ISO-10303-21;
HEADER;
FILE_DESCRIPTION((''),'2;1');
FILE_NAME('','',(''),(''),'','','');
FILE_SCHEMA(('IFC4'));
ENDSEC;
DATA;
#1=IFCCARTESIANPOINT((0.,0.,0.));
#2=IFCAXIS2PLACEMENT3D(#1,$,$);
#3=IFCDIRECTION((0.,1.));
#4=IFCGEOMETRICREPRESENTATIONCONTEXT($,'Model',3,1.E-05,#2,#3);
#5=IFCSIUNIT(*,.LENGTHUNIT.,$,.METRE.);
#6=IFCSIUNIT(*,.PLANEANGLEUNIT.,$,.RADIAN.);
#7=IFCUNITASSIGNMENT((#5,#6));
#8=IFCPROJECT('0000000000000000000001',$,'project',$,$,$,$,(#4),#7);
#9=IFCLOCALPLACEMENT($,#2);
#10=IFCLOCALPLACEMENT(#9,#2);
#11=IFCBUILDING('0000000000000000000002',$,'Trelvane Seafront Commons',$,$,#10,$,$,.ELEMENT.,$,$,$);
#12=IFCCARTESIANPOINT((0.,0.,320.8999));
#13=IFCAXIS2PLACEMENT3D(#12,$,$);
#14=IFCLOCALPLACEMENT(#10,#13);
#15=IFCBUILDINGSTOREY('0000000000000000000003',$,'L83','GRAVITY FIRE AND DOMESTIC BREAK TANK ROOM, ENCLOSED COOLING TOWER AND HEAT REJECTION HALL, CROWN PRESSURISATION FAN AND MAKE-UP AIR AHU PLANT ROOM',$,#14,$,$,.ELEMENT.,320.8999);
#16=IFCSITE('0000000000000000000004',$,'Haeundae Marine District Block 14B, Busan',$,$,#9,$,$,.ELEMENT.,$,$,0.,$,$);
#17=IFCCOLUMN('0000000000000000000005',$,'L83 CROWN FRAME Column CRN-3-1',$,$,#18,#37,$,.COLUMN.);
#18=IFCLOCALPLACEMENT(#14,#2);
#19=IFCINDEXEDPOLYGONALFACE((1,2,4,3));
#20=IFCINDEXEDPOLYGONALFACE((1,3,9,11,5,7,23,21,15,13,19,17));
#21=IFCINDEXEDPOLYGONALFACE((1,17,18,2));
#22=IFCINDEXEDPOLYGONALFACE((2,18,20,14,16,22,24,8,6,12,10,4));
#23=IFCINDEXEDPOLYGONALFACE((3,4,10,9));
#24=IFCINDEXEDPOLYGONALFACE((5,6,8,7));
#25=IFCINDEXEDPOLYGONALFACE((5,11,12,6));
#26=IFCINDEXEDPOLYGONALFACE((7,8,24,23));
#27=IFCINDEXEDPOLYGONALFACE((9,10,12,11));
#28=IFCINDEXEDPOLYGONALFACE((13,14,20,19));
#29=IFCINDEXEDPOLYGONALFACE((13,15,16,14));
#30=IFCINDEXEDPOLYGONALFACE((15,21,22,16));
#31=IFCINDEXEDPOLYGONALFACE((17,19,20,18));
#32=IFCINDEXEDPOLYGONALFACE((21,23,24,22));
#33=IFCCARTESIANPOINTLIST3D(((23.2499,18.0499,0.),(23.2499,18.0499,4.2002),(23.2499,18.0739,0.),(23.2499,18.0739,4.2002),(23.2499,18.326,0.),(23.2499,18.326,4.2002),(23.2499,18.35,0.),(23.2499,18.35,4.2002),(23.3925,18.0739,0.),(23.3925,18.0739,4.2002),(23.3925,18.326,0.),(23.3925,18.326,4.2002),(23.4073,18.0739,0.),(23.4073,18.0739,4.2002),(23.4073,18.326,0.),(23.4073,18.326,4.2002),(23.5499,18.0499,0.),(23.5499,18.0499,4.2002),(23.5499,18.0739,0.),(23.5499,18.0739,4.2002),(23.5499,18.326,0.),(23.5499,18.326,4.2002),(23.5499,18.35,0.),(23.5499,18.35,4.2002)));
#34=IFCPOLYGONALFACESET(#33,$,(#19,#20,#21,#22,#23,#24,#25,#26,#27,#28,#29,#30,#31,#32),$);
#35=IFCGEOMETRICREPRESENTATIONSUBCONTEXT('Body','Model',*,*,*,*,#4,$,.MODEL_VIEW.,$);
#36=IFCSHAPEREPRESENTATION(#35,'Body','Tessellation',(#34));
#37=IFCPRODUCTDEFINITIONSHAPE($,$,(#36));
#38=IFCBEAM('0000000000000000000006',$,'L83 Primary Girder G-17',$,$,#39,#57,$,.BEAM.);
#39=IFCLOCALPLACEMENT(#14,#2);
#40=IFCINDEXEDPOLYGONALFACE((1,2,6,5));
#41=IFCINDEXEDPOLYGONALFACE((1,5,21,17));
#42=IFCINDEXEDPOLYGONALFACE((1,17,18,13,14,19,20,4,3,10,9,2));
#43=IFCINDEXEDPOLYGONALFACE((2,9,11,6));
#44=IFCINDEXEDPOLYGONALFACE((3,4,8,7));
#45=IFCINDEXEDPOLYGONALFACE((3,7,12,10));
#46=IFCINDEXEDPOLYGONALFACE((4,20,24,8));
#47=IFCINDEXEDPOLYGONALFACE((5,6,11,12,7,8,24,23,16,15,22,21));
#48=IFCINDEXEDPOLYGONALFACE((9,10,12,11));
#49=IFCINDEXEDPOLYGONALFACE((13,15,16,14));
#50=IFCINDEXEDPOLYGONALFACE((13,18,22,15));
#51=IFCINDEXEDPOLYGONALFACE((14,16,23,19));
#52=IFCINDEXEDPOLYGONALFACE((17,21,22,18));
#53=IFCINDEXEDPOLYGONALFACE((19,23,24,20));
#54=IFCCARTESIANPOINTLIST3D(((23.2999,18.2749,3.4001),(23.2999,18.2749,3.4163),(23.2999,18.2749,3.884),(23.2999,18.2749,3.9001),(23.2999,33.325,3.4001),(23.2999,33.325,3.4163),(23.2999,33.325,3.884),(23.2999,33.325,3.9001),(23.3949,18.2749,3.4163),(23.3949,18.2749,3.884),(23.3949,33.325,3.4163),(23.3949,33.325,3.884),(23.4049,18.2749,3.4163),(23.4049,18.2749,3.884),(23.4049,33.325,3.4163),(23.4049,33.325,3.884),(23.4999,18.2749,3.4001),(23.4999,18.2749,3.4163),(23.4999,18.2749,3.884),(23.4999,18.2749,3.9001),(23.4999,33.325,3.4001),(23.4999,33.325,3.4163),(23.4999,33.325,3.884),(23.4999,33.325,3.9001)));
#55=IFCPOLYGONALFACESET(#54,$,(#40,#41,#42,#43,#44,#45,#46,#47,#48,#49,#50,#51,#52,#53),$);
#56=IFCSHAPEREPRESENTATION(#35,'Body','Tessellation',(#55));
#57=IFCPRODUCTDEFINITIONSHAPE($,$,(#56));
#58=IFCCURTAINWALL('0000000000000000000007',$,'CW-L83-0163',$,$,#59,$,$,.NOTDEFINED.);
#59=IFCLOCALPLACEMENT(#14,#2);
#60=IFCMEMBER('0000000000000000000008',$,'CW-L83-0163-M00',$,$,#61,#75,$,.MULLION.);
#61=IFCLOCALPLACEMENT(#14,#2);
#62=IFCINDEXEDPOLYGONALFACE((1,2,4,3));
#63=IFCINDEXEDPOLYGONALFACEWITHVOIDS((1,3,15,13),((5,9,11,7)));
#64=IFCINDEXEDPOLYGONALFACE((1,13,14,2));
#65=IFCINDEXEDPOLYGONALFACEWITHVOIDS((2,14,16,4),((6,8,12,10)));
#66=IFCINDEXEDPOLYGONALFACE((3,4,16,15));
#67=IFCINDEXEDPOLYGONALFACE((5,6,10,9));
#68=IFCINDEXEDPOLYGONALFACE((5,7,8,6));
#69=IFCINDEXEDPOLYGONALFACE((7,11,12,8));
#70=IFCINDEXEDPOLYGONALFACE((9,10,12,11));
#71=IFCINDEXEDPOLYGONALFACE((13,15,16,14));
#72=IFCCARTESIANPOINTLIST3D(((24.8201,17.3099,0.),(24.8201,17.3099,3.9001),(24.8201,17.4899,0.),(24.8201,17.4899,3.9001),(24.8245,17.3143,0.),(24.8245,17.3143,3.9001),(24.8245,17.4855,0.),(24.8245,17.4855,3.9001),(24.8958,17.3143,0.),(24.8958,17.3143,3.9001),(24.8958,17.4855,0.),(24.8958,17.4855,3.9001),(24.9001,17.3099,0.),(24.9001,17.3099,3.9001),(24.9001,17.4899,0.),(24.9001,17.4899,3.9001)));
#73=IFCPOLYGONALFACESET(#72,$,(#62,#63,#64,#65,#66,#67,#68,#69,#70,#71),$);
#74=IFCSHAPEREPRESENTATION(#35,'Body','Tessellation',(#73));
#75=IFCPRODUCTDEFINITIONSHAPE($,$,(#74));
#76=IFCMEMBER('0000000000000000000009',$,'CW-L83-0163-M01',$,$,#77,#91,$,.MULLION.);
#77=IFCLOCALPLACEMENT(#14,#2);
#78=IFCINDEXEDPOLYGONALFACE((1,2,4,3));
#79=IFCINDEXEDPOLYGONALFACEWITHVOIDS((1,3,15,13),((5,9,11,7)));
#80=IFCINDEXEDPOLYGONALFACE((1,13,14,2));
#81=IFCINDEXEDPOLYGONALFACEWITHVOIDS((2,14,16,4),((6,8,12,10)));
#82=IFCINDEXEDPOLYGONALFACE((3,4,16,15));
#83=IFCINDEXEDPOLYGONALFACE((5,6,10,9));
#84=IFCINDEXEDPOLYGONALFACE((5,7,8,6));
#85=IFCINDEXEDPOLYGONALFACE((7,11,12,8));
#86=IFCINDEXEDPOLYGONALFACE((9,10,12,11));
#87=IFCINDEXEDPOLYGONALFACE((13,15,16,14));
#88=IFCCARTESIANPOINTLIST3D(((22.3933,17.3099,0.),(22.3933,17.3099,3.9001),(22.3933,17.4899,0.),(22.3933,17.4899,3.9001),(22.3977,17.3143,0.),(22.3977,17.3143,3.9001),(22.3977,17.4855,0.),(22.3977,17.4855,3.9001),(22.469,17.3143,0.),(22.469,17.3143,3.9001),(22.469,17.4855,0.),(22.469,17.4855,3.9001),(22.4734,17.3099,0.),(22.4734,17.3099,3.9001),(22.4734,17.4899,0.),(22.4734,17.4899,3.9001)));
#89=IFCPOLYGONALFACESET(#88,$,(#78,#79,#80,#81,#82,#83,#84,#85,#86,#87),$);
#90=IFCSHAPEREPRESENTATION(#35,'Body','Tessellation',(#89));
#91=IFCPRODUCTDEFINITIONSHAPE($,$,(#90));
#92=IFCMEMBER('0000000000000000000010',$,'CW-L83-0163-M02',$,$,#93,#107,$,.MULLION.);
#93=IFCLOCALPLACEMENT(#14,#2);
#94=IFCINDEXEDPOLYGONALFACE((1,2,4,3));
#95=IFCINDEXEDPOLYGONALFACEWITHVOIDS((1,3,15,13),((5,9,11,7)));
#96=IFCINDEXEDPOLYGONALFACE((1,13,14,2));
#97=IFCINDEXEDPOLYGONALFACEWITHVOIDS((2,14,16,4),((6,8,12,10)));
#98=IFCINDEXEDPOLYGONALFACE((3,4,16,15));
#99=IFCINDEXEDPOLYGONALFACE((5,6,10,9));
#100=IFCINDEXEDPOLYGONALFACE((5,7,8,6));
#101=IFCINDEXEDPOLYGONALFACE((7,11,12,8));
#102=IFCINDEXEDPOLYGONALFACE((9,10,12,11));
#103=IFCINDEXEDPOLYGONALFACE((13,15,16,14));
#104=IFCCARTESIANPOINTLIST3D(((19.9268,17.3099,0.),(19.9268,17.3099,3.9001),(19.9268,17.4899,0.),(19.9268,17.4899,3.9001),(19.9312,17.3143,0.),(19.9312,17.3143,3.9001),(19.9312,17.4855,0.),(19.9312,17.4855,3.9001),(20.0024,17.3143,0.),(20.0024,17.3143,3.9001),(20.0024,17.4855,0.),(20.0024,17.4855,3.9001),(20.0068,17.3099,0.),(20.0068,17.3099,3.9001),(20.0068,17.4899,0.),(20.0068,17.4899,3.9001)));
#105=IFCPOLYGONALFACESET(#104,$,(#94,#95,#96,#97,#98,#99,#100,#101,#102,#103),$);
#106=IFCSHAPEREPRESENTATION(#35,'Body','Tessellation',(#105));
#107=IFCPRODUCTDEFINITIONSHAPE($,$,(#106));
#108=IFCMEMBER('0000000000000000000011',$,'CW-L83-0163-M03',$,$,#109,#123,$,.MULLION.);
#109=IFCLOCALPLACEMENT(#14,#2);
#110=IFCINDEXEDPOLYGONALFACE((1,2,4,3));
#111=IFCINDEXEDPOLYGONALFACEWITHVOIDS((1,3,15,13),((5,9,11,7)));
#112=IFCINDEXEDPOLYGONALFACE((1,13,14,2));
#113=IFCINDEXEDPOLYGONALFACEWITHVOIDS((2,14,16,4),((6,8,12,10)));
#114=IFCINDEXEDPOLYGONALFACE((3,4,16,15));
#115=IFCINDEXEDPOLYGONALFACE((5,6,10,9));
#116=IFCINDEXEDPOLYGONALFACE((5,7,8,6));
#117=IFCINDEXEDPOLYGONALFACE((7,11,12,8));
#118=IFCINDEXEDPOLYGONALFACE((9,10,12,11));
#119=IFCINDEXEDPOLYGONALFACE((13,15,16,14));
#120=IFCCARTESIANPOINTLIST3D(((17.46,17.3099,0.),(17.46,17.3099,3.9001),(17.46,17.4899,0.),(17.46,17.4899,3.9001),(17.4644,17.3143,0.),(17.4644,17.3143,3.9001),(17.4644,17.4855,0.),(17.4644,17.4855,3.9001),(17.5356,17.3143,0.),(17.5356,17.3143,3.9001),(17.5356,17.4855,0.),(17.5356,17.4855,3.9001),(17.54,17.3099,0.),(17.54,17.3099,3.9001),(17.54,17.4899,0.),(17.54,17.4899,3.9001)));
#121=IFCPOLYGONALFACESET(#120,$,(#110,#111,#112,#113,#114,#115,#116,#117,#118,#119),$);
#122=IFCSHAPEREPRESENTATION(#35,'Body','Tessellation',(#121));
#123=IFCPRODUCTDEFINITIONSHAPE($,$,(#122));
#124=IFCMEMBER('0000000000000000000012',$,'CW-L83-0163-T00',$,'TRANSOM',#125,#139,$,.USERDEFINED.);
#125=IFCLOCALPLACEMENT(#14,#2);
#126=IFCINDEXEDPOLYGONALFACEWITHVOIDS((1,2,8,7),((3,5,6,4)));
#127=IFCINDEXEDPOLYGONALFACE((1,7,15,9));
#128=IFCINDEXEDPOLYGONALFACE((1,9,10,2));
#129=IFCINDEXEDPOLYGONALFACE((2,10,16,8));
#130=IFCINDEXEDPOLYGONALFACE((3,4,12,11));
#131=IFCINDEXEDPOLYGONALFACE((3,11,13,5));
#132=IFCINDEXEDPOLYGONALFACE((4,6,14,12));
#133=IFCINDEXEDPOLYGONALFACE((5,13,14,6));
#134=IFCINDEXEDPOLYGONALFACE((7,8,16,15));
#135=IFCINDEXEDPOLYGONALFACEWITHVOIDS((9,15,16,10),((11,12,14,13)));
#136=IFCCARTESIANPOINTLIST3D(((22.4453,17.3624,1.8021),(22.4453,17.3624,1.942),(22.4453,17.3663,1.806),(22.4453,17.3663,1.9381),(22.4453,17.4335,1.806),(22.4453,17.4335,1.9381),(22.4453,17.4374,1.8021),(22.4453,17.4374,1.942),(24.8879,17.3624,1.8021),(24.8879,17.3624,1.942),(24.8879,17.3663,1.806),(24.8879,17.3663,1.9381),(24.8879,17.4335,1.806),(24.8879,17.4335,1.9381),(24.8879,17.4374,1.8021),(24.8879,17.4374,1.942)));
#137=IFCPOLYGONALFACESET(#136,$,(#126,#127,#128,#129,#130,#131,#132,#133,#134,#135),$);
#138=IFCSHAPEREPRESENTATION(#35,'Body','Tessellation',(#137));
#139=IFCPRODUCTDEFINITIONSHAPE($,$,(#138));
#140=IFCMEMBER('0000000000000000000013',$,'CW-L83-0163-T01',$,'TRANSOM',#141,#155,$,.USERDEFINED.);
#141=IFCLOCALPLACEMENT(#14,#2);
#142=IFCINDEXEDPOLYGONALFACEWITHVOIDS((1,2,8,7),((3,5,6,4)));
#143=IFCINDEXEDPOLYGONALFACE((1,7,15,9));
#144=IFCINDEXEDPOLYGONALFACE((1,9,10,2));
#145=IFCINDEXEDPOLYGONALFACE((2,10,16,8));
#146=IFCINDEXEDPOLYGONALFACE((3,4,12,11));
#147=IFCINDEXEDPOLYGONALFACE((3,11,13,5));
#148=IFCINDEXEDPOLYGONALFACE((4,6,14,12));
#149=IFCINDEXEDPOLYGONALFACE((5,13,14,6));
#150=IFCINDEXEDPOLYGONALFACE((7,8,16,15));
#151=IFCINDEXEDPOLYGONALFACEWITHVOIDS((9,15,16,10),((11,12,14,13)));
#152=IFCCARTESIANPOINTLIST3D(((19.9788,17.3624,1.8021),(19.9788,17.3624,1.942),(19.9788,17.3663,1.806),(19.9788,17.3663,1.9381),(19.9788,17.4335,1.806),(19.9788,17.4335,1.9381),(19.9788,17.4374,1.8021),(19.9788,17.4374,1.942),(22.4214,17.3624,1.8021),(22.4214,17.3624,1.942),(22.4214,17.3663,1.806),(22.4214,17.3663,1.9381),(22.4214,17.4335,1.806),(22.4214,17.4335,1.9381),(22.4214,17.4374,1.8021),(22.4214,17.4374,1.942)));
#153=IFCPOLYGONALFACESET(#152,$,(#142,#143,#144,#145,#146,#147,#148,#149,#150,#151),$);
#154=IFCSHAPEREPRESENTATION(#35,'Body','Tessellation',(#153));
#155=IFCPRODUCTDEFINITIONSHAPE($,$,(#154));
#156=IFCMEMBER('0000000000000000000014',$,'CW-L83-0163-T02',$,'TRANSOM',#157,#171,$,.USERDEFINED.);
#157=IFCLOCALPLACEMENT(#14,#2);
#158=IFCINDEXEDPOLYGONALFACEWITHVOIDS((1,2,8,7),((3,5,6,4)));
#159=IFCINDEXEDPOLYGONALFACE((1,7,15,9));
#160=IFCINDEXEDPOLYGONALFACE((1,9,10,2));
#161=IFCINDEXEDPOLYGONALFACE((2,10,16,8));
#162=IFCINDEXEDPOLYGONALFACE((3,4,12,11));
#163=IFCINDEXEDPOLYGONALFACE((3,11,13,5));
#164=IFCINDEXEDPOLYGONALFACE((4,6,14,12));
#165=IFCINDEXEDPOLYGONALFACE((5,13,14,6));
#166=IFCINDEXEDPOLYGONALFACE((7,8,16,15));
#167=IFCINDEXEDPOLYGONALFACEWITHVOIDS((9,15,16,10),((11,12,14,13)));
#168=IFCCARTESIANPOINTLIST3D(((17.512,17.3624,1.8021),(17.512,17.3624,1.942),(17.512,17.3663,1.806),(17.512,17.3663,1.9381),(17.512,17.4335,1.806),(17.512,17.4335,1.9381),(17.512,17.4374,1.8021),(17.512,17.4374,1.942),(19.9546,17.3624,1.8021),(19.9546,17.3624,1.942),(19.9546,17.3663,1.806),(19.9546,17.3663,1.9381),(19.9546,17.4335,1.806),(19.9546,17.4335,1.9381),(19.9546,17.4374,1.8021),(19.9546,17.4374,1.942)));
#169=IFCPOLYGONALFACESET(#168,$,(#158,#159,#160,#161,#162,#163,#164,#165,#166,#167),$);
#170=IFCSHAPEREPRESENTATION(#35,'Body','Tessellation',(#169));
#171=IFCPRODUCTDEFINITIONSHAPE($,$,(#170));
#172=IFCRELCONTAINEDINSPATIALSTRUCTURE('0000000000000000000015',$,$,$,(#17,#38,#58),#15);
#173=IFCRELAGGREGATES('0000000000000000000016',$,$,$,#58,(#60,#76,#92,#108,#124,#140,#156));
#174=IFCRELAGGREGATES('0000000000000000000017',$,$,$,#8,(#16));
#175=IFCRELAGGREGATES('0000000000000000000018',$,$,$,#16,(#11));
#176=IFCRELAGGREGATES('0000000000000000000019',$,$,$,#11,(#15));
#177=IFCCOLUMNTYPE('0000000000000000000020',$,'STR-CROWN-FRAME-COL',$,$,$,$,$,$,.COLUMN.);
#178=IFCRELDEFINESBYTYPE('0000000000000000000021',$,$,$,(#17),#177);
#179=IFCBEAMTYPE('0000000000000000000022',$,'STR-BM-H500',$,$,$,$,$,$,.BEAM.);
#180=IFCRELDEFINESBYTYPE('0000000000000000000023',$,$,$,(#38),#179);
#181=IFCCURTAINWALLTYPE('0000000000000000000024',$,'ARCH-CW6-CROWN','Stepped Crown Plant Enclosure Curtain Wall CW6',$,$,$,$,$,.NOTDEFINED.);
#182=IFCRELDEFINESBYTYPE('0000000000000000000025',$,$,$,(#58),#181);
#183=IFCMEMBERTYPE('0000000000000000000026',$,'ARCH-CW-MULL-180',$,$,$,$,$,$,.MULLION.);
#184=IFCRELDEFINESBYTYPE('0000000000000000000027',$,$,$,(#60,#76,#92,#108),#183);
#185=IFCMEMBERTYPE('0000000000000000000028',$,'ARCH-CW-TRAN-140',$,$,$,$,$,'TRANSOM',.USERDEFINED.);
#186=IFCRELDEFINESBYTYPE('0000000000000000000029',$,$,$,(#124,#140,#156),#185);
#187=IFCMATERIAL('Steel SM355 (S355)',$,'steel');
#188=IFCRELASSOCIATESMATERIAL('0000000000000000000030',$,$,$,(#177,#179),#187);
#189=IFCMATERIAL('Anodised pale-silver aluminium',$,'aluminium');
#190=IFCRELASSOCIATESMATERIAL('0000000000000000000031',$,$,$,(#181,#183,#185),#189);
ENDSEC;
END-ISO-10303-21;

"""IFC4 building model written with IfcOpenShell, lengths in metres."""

from ifc_helpers import new_model, si_unit, direction, frame, origin, origin_2d, place, context, subcontext, project, spatial, hollow_rectangle, i_section, extrude, source, transform, mapped, material, material_profile, profile_set, type_object, element, aggregate, save


model = new_model("IFC4")

# Units and contexts
model_context = context("Model", 3, precision=1e-05, world=origin(), true_north=direction((0.0, 1.0)))
body_context = subcontext(model_context, "Body", "Model", "MODEL_VIEW")
ifc_project = project(units=[si_unit("LENGTHUNIT", "METRE"), si_unit("PLANEANGLEUNIT", "RADIAN")], contexts=[model_context])

# Site, building, storey
site_placement = place(None, origin())
site = spatial("IfcSite", under=ifc_project, at=site_placement, Name="Haeundae Marine District Block 14B, Busan", CompositionType="ELEMENT", RefElevation=0.0)
building_placement = place(site_placement, origin())
building = spatial("IfcBuilding", under=site, at=building_placement, Name="Trelvane Seafront Commons", CompositionType="ELEMENT")
storey_placement = place(building_placement, frame((0.0, 0.0, 320.8999)))
storey = spatial("IfcBuildingStorey", under=building, at=storey_placement, Name="L83", Description="GRAVITY FIRE AND DOMESTIC BREAK TANK ROOM, ENCLOSED COOLING TOWER AND HEAT REJECTION HALL, CROWN PRESSURISATION FAN AND MAKE-UP AIR AHU PLANT ROOM", CompositionType="ELEMENT", Elevation=320.8999)

# Column
ifc_material_1 = material(Name="Steel SM355 (S355)", Category="steel")
ifc_material_profile_1 = material_profile(ifc_material_1, i_section(OverallWidth=0.3, OverallDepth=0.3, WebThickness=0.0149, FlangeThickness=0.0239, at=origin_2d()), Name="HD-300x300x15x24")
ifc_profile_set_1 = profile_set([ifc_material_profile_1], Name="Steel SM355 (S355)")
column_type = type_object("IfcColumnType", Name="STR-CROWN-FRAME-COL", PredefinedType="COLUMN", material=ifc_profile_set_1)
shared_shape_1 = source(origin(), body_context, "Body", "SweptSolid", [
    extrude(i_section(OverallWidth=0.3, OverallDepth=0.3, WebThickness=0.0149, FlangeThickness=0.0239, at=origin_2d()), origin(), (0.0, 0.0, 1.0), 4.2002),
])
column_placement = place(storey_placement, frame((23.3999, 18.2, 0.0), z_axis=(0.0, 0.0, 1.0), x_axis=(1.0, 0.0, 0.0)))
element("IfcColumn", 1, at=column_placement, inside=storey, type_object=column_type, Name="L83 CROWN FRAME Column CRN-3-1", PredefinedType="COLUMN", context=body_context, shape_type="MappedRepresentation", body=[
    mapped(shared_shape_1, transform((0.0, 0.0, 0.0), x_axis=(1.0, 0.0, 0.0), y_axis=(0.0, 1.0, 0.0), z_axis=(0.0, 0.0, 1.0), scale=1.0)),
])

# Beam
ifc_material_profile_2 = material_profile(ifc_material_1, i_section(OverallWidth=0.2, OverallDepth=0.5, WebThickness=0.01, FlangeThickness=0.0161, at=origin_2d()), Name="H-500x200x10x16")
ifc_profile_set_2 = profile_set([ifc_material_profile_2], Name="Steel SM355 (S355)")
beam_type = type_object("IfcBeamType", Name="STR-BM-H500", PredefinedType="BEAM", material=ifc_profile_set_2)
shared_shape_2 = source(origin(), body_context, "Body", "SweptSolid", [
    extrude(i_section(OverallWidth=0.2, OverallDepth=0.5, WebThickness=0.01, FlangeThickness=0.0161, at=origin_2d()), origin(), (0.0, 0.0, 1.0), 15.05),
])
beam_placement = place(storey_placement, frame((23.3999, 18.2749, 3.6501), z_axis=(0.0, 1.0, 0.0), x_axis=(-1.0, 0.0, 0.0)))
element("IfcBeam", 2, at=beam_placement, inside=storey, type_object=beam_type, Name="L83 Primary Girder G-17", PredefinedType="BEAM", context=body_context, shape_type="MappedRepresentation", body=[
    mapped(shared_shape_2, transform((0.0, 0.0, 0.0), x_axis=(1.0, 0.0, 0.0), y_axis=(0.0, 1.0, 0.0), z_axis=(0.0, 0.0, 1.0), scale=1.0)),
])

# Curtain wall, members
ifc_material_2 = material(Name="Anodised pale-silver aluminium", Category="aluminium")
curtain_wall_type = type_object("IfcCurtainWallType", Name="ARCH-CW6-CROWN", Description="Stepped Crown Plant Enclosure Curtain Wall CW6", PredefinedType="NOTDEFINED", material=ifc_material_2)
curtain_wall_placement = place(storey_placement, origin())
curtain_wall = element("IfcCurtainWall", 3, at=curtain_wall_placement, inside=storey, type_object=curtain_wall_type, Name="CW-L83-0163", PredefinedType="NOTDEFINED")
ifc_material_profile_3 = material_profile(ifc_material_2, hollow_rectangle(XDim=0.0801, YDim=0.1799, WallThickness=0.0044, at=origin_2d()), Name="MULL-80x180x4.5")
ifc_profile_set_3 = profile_set([ifc_material_profile_3], Name="Anodised pale-silver aluminium")
member_type_1 = type_object("IfcMemberType", Name="ARCH-CW-MULL-180", PredefinedType="MULLION", material=ifc_profile_set_3)
shared_shape_3 = source(origin(), body_context, "Body", "SweptSolid", [
    extrude(hollow_rectangle(XDim=0.0801, YDim=0.1799, WallThickness=0.0044, at=origin_2d()), origin(), (0.0, 0.0, 1.0), 3.9001),
])
member_1_placement = place(storey_placement, frame((24.8601, 17.3999, 0.0), z_axis=(0.0, 0.0, 1.0), x_axis=(1.0, 0.0, 0.0)))
member_1 = element("IfcMember", 4, at=member_1_placement, type_object=member_type_1, Name="CW-L83-0163-M00", PredefinedType="MULLION", context=body_context, shape_type="MappedRepresentation", body=[
    mapped(shared_shape_3, transform((0.0, 0.0, 0.0), x_axis=(1.0, 0.0, 0.0), y_axis=(0.0, 1.0, 0.0), z_axis=(0.0, 0.0, 1.0), scale=1.0)),
])
member_2_placement = place(storey_placement, frame((22.4333, 17.3999, 0.0), z_axis=(0.0, 0.0, 1.0), x_axis=(1.0, 0.0, 0.0)))
member_2 = element("IfcMember", 5, at=member_2_placement, type_object=member_type_1, Name="CW-L83-0163-M01", PredefinedType="MULLION", context=body_context, shape_type="MappedRepresentation", body=[
    mapped(shared_shape_3, transform((0.0, 0.0, 0.0), x_axis=(1.0, 0.0, 0.0), y_axis=(0.0, 1.0, 0.0), z_axis=(0.0, 0.0, 1.0), scale=1.0)),
])
member_3_placement = place(storey_placement, frame((19.9668, 17.3999, 0.0), z_axis=(0.0, 0.0, 1.0), x_axis=(1.0, 0.0, 0.0)))
member_3 = element("IfcMember", 6, at=member_3_placement, type_object=member_type_1, Name="CW-L83-0163-M02", PredefinedType="MULLION", context=body_context, shape_type="MappedRepresentation", body=[
    mapped(shared_shape_3, transform((0.0, 0.0, 0.0), x_axis=(1.0, 0.0, 0.0), y_axis=(0.0, 1.0, 0.0), z_axis=(0.0, 0.0, 1.0), scale=1.0)),
])
member_4_placement = place(storey_placement, frame((17.5, 17.3999, 0.0), z_axis=(0.0, 0.0, 1.0), x_axis=(1.0, 0.0, 0.0)))
member_4 = element("IfcMember", 7, at=member_4_placement, type_object=member_type_1, Name="CW-L83-0163-M03", PredefinedType="MULLION", context=body_context, shape_type="MappedRepresentation", body=[
    mapped(shared_shape_3, transform((0.0, 0.0, 0.0), x_axis=(1.0, 0.0, 0.0), y_axis=(0.0, 1.0, 0.0), z_axis=(0.0, 0.0, 1.0), scale=1.0)),
])
ifc_material_profile_4 = material_profile(ifc_material_2, hollow_rectangle(XDim=0.075, YDim=0.1399, WallThickness=0.0039, at=origin_2d()), Name="TRAN-75x140x4")
ifc_profile_set_4 = profile_set([ifc_material_profile_4], Name="Anodised pale-silver aluminium")
member_type_2 = type_object("IfcMemberType", Name="ARCH-CW-TRAN-140", ElementType="TRANSOM", PredefinedType="USERDEFINED", material=ifc_profile_set_4)
shared_shape_4 = source(origin(), body_context, "Body", "SweptSolid", [
    extrude(hollow_rectangle(XDim=0.075, YDim=0.1399, WallThickness=0.0039, at=origin_2d()), origin(), (0.0, 0.0, 1.0), 2.4426),
])
member_5_placement = place(storey_placement, frame((24.8879, 17.3999, 1.8721), z_axis=(-1.0, 0.0, 0.0), x_axis=(0.0, -1.0, 0.0)))
member_5 = element("IfcMember", 8, at=member_5_placement, type_object=member_type_2, Name="CW-L83-0163-T00", ObjectType="TRANSOM", PredefinedType="USERDEFINED", context=body_context, shape_type="MappedRepresentation", body=[
    mapped(shared_shape_4, transform((0.0, 0.0, 0.0), x_axis=(1.0, 0.0, 0.0), y_axis=(0.0, 1.0, 0.0), z_axis=(0.0, 0.0, 1.0), scale=1.0)),
])
member_6_placement = place(storey_placement, frame((22.4214, 17.3999, 1.8721), z_axis=(-1.0, 0.0, 0.0), x_axis=(0.0, -1.0, 0.0)))
member_6 = element("IfcMember", 9, at=member_6_placement, type_object=member_type_2, Name="CW-L83-0163-T01", ObjectType="TRANSOM", PredefinedType="USERDEFINED", context=body_context, shape_type="MappedRepresentation", body=[
    mapped(shared_shape_4, transform((0.0, 0.0, 0.0), x_axis=(1.0, 0.0, 0.0), y_axis=(0.0, 1.0, 0.0), z_axis=(0.0, 0.0, 1.0), scale=1.0)),
])
member_7_placement = place(storey_placement, frame((19.9546, 17.3999, 1.8721), z_axis=(-1.0, 0.0, 0.0), x_axis=(0.0, -1.0, 0.0)))
member_7 = element("IfcMember", 10, at=member_7_placement, type_object=member_type_2, Name="CW-L83-0163-T02", ObjectType="TRANSOM", PredefinedType="USERDEFINED", context=body_context, shape_type="MappedRepresentation", body=[
    mapped(shared_shape_4, transform((0.0, 0.0, 0.0), x_axis=(1.0, 0.0, 0.0), y_axis=(0.0, 1.0, 0.0), z_axis=(0.0, 0.0, 1.0), scale=1.0)),
])

aggregate(curtain_wall, [member_1, member_2, member_3, member_4, member_5, member_6, member_7])

save(model, "model.ifc")
